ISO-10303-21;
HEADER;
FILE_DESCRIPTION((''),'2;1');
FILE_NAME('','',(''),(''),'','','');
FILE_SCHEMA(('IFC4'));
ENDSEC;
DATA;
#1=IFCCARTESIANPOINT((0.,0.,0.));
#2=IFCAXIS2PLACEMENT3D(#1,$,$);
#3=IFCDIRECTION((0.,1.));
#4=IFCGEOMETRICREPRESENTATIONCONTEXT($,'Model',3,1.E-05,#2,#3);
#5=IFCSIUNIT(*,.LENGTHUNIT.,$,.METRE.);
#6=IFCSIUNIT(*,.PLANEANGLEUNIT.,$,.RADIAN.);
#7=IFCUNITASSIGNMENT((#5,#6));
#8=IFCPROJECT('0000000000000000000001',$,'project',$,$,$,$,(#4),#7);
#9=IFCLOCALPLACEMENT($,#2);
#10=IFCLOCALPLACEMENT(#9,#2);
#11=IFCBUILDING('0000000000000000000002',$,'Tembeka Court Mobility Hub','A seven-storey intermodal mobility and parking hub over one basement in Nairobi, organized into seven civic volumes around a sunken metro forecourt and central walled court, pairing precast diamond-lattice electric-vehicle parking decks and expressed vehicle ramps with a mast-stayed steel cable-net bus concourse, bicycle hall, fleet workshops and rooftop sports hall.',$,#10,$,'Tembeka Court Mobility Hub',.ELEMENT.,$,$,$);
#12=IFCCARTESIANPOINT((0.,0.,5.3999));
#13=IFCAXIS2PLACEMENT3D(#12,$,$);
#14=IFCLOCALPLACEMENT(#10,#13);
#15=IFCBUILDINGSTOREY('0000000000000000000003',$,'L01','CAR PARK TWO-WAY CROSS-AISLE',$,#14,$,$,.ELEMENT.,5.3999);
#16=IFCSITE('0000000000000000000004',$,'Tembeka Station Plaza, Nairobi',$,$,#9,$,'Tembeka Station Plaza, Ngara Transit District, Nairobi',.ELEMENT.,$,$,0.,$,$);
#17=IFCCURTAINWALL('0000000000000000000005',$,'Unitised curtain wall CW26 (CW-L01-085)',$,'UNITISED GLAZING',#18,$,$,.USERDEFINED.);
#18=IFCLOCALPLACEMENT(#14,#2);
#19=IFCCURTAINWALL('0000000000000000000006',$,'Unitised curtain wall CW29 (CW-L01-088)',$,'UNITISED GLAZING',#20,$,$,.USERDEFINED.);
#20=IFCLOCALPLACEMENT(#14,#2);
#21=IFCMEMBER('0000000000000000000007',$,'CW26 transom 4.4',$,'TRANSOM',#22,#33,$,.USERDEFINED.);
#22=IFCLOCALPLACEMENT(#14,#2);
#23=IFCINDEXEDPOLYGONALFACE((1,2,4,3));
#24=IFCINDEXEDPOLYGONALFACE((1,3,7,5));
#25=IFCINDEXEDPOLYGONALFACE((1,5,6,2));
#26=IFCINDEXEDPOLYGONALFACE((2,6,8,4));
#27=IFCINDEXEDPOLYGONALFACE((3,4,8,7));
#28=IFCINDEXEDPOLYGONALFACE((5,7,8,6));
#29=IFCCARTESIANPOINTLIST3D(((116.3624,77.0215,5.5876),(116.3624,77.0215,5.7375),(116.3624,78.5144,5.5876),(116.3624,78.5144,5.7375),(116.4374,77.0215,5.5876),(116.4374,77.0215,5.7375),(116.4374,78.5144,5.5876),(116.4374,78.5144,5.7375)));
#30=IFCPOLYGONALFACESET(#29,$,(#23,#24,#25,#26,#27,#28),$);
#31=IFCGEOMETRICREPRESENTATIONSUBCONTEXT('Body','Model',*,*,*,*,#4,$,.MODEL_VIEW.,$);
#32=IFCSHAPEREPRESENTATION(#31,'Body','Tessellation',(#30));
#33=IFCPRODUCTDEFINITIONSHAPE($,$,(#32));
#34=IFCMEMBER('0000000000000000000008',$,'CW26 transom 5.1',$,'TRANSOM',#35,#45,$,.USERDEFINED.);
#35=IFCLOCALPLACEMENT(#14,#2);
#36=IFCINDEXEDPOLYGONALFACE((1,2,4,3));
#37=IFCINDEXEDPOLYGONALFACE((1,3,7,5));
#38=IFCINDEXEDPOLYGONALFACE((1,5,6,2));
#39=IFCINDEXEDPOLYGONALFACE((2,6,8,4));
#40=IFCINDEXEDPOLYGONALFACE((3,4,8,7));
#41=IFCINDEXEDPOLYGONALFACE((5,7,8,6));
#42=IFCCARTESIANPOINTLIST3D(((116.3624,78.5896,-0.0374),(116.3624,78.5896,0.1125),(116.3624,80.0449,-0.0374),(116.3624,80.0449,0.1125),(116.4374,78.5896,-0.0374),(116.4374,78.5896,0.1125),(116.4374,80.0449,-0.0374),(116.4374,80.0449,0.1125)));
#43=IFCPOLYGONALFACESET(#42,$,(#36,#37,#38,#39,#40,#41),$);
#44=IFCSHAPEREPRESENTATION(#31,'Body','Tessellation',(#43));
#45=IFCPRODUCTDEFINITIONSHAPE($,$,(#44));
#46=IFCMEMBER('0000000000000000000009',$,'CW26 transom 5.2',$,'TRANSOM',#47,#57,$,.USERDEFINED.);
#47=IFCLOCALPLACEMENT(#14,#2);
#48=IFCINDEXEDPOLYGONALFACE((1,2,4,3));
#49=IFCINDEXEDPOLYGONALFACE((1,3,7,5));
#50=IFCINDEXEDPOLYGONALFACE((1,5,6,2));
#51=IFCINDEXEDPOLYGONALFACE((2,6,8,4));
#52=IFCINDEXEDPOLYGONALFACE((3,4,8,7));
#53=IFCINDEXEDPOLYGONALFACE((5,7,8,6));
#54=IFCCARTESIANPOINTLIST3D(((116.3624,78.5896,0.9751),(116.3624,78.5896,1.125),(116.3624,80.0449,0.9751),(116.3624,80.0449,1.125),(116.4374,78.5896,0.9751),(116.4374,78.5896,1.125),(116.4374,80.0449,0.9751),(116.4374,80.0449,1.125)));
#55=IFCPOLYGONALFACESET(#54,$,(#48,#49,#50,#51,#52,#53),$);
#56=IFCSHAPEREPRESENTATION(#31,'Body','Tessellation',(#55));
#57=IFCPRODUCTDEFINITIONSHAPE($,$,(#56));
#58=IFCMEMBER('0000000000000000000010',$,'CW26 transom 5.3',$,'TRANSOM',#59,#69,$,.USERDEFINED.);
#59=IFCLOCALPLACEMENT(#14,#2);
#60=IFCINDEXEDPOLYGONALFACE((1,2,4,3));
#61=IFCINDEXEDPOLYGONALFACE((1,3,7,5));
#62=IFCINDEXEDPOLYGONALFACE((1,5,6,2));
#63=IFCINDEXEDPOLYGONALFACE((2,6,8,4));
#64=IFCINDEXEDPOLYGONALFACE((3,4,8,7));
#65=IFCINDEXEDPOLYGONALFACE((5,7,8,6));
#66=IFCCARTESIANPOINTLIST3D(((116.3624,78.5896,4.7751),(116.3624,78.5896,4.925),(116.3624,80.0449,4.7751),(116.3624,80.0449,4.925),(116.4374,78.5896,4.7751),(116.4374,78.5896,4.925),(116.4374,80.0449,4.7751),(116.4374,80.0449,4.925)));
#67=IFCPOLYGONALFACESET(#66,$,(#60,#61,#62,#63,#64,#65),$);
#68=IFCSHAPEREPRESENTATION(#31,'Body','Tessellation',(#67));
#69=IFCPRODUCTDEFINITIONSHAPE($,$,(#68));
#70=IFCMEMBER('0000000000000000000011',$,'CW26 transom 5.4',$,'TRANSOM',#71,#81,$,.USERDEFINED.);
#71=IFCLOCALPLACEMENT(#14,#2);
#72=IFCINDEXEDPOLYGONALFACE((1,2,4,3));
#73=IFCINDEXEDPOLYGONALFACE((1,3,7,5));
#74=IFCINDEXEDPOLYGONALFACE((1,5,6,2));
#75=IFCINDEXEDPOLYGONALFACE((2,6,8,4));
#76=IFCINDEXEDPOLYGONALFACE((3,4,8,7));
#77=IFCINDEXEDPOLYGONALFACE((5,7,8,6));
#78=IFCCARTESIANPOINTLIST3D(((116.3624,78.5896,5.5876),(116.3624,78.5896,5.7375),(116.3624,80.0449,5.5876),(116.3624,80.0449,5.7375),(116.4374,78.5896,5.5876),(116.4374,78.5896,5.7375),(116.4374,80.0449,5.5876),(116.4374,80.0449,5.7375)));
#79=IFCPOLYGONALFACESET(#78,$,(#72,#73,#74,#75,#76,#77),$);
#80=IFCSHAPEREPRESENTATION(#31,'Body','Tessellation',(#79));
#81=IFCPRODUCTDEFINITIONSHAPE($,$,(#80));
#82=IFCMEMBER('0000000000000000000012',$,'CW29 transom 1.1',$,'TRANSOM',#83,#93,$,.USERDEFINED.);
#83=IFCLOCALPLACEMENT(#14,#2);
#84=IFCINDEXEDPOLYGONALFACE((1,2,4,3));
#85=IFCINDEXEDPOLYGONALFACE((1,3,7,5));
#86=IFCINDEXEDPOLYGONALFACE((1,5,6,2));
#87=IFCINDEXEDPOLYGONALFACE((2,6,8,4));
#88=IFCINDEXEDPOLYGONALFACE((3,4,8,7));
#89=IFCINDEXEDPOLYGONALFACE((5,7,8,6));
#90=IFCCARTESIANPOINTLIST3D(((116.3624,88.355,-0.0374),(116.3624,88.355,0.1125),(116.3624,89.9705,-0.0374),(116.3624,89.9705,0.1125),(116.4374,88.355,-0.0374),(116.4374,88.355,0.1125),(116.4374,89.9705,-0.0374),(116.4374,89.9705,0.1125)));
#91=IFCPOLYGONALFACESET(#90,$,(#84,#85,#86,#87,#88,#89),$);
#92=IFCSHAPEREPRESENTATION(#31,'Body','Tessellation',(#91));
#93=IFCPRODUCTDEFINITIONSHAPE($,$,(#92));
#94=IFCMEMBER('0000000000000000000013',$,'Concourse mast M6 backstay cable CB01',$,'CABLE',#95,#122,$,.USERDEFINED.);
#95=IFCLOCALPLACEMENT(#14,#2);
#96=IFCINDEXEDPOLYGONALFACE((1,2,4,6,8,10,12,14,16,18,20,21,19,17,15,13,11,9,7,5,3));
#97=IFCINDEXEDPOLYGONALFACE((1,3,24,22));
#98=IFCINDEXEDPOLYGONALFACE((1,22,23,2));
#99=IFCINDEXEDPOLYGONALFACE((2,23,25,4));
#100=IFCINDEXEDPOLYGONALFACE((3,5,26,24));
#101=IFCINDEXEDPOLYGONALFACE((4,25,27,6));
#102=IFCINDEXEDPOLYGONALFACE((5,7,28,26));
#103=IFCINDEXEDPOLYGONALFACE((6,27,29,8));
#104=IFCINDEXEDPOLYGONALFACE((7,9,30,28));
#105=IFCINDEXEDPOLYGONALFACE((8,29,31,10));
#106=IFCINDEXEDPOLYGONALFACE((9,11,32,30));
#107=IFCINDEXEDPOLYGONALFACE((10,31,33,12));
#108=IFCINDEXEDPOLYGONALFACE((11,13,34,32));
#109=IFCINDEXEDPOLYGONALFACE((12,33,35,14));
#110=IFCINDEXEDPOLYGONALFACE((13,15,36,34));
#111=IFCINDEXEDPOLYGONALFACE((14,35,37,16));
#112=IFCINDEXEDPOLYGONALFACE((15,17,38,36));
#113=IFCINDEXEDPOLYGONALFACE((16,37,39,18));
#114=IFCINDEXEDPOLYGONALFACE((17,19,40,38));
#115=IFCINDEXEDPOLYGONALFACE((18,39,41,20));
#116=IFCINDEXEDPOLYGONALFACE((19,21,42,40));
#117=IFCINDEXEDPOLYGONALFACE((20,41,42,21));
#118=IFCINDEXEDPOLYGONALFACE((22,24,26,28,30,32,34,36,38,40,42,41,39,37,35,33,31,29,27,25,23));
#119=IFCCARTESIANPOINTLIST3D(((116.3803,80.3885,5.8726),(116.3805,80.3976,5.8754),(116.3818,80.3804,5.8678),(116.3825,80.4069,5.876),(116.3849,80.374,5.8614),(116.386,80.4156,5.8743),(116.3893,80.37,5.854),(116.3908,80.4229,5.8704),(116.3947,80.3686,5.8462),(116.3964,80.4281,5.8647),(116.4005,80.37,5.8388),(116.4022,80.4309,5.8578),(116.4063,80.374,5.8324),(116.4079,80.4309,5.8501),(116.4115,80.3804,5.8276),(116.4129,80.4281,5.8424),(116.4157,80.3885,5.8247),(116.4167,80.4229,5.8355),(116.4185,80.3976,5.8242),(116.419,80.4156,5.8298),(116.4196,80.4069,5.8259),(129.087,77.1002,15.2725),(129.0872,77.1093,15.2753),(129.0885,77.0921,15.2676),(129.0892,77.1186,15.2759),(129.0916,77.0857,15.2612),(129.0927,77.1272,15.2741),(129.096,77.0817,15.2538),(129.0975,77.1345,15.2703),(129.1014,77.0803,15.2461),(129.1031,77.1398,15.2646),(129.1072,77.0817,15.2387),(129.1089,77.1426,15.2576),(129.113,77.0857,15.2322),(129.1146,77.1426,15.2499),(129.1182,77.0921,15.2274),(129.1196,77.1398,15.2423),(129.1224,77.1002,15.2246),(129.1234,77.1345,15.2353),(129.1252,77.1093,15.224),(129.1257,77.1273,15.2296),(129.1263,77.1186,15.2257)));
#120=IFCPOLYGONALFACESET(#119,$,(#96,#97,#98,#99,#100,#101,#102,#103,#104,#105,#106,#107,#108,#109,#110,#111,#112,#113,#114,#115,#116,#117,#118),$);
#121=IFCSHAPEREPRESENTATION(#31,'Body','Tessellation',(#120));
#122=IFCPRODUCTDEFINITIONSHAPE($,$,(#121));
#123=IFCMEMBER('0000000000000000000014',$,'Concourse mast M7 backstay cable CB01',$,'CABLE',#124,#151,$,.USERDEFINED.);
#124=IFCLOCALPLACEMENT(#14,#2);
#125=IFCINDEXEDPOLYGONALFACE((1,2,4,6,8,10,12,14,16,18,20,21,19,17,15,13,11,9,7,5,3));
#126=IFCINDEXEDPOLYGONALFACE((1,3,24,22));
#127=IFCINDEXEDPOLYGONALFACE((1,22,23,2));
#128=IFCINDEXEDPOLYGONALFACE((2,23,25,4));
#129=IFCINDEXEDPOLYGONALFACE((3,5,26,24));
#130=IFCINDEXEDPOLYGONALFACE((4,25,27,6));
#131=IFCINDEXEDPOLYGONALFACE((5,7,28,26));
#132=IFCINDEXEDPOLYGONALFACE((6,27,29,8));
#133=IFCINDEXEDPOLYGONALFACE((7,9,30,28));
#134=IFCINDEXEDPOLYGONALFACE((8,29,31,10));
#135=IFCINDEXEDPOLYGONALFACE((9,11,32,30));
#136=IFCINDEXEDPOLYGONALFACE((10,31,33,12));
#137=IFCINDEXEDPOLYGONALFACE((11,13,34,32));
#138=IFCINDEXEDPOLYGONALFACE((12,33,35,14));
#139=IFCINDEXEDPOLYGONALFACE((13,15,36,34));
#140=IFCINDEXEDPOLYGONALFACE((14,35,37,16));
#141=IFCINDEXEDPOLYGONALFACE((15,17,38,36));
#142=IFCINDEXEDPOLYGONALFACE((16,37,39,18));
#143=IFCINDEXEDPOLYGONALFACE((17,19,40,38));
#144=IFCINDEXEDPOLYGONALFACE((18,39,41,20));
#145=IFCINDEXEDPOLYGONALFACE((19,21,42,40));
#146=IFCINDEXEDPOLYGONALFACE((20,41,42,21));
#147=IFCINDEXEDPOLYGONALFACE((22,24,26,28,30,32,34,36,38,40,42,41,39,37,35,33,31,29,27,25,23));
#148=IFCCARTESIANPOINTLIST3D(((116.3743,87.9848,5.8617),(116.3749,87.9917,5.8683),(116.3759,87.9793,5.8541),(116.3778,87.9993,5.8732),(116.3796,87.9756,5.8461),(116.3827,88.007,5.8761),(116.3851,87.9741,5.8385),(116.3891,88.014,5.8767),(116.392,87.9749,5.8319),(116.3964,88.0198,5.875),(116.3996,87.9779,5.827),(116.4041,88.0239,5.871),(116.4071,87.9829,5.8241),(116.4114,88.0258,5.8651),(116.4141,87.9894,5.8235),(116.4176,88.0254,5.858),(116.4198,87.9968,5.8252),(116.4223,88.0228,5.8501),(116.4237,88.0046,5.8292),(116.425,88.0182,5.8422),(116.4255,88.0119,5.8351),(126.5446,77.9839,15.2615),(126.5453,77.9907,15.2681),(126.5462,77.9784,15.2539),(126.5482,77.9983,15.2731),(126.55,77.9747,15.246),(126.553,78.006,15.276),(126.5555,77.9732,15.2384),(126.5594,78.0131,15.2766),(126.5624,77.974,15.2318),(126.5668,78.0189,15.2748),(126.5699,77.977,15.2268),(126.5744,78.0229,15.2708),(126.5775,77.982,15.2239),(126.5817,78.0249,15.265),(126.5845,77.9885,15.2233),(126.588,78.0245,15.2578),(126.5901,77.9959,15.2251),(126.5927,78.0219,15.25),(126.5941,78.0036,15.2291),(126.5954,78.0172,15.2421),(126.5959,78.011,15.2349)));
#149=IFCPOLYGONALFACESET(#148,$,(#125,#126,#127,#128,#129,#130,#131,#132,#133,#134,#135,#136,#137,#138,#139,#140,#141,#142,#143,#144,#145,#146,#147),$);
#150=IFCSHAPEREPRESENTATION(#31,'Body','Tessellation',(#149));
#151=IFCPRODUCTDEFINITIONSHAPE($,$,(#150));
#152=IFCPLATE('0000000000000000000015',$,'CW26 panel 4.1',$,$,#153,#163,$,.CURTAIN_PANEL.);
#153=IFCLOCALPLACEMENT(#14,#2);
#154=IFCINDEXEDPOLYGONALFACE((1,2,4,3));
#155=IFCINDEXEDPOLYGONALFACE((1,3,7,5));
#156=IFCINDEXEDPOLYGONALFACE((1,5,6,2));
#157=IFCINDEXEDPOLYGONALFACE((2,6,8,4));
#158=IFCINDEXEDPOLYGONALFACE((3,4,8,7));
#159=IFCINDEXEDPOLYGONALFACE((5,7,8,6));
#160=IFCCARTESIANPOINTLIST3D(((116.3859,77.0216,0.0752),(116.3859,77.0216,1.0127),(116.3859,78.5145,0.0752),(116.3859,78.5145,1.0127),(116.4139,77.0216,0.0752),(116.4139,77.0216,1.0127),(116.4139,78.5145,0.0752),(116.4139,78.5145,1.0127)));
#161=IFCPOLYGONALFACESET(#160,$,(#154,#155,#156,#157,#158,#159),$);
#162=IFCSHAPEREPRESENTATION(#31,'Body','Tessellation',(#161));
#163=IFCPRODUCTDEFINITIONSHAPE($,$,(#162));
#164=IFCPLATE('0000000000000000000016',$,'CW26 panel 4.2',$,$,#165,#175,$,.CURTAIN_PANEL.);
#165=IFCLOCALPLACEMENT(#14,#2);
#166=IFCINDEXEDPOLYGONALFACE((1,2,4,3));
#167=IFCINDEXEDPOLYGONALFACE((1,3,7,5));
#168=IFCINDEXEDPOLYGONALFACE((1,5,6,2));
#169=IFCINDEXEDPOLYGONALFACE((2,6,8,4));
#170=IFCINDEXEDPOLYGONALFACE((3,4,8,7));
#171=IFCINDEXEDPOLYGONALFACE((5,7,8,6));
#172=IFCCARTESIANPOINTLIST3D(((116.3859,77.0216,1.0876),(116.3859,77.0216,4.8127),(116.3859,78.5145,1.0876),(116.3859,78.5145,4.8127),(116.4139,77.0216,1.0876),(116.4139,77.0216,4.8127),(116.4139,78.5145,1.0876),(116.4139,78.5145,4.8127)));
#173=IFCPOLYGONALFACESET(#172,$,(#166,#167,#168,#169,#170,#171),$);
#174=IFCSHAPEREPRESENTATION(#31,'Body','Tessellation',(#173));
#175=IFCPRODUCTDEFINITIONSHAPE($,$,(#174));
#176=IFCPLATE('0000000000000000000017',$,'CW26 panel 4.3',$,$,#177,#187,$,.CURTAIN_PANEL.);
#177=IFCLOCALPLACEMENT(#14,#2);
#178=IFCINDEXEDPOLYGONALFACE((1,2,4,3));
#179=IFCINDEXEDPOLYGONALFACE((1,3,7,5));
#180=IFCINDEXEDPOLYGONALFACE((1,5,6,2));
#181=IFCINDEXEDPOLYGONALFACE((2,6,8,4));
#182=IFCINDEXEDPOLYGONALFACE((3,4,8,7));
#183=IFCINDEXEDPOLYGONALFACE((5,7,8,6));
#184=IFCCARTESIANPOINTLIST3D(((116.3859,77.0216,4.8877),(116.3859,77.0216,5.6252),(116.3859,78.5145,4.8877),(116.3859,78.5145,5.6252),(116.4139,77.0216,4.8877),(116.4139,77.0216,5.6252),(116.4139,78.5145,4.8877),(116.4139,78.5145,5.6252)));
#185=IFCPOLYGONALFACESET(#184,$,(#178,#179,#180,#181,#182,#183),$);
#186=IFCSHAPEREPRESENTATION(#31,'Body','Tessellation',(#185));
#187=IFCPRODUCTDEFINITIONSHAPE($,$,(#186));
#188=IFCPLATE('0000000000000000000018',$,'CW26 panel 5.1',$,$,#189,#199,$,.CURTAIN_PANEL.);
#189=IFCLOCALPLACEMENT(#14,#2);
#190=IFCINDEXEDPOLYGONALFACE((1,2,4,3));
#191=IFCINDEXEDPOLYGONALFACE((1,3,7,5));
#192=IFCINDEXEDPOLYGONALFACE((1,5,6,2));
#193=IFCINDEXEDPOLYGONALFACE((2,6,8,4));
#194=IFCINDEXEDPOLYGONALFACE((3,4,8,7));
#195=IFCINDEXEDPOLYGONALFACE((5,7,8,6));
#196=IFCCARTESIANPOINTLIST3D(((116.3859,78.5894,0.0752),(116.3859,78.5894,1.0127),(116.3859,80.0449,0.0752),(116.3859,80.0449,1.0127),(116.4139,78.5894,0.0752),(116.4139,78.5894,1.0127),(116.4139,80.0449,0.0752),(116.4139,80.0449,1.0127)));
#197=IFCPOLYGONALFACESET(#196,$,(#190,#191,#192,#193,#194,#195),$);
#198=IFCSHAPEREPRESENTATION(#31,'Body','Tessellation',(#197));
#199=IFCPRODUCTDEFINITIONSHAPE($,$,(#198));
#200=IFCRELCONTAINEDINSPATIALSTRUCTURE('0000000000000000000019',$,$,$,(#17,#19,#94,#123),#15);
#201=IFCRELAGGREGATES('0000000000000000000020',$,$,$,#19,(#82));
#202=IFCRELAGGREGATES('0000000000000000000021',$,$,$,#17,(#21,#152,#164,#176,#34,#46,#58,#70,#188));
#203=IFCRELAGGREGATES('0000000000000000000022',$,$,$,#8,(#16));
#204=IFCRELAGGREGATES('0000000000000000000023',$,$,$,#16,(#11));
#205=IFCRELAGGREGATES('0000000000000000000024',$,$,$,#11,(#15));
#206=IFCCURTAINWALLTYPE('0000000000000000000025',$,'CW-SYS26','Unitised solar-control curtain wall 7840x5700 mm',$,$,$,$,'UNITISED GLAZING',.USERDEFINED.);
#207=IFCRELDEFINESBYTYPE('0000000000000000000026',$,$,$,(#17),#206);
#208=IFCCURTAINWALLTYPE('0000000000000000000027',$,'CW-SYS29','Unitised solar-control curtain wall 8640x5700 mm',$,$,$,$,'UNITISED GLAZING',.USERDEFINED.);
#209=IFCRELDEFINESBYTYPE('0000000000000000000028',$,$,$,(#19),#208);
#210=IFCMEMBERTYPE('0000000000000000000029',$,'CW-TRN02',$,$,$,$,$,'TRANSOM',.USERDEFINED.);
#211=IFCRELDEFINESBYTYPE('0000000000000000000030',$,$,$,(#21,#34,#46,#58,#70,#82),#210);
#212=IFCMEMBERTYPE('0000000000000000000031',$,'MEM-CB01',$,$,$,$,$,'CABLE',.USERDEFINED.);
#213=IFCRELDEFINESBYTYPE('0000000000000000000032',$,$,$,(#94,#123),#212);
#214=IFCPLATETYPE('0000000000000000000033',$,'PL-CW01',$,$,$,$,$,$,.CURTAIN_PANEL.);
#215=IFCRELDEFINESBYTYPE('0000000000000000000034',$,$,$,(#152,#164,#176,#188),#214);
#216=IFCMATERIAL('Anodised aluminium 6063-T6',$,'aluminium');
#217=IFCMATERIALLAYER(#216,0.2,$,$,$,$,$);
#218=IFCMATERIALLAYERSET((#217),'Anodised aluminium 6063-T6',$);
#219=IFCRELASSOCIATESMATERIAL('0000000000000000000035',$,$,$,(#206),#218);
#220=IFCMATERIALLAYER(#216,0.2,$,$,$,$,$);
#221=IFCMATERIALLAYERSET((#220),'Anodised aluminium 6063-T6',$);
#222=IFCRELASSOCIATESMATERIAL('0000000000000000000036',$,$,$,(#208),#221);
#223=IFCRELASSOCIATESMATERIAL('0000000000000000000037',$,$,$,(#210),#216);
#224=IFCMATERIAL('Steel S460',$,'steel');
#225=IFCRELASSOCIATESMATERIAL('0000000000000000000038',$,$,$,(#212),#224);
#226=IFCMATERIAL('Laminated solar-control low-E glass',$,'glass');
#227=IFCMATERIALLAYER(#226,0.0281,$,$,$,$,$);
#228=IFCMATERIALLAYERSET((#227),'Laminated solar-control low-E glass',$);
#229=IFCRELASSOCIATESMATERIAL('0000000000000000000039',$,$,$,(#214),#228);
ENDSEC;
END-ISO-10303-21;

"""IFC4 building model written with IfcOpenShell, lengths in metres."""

from ifc_helpers import new_model, si_unit, direction, frame, origin, origin_2d, place, context, subcontext, project, spatial, rectangle, circle, extrude, material, layer, layer_set, material_profile, profile_set, type_object, element, aggregate, save


model = new_model("IFC4")

# Units and contexts
model_context = context("Model", 3, precision=1e-05, world=origin(), true_north=direction((0.0, 1.0)))
body_context = subcontext(model_context, "Body", "Model", "MODEL_VIEW")
ifc_project = project(units=[si_unit("LENGTHUNIT", "METRE"), si_unit("PLANEANGLEUNIT", "RADIAN")], contexts=[model_context])

# Site, building, storey
site_placement = place(None, origin())
site = spatial("IfcSite", under=ifc_project, at=site_placement, Name="Tembeka Station Plaza, Nairobi", LongName="Tembeka Station Plaza, Ngara Transit District, Nairobi", CompositionType="ELEMENT", RefElevation=0.0)
building_placement = place(site_placement, origin())
building = spatial("IfcBuilding", under=site, at=building_placement, Name="Tembeka Court Mobility Hub", Description="A seven-storey intermodal mobility and parking hub over one basement in Nairobi, organized into seven civic volumes around a sunken metro forecourt and central walled court, pairing precast diamond-lattice electric-vehicle parking decks and expressed vehicle ramps with a mast-stayed steel cable-net bus concourse, bicycle hall, fleet workshops and rooftop sports hall.", LongName="Tembeka Court Mobility Hub", CompositionType="ELEMENT")
storey_placement = place(building_placement, frame((0.0, 0.0, 5.3999)))
storey = spatial("IfcBuildingStorey", under=building, at=storey_placement, Name="L01", Description="CAR PARK TWO-WAY CROSS-AISLE", CompositionType="ELEMENT", Elevation=5.3999)

# Curtain wall
ifc_material_1 = material(Name="Anodised aluminium 6063-T6", Category="aluminium")
ifc_layer_1 = layer(ifc_material_1, 0.2)
ifc_layer_set_1 = layer_set([ifc_layer_1], Name="Anodised aluminium 6063-T6")
curtain_wall_type_1 = type_object("IfcCurtainWallType", Name="CW-SYS26", Description="Unitised solar-control curtain wall 7840x5700 mm", ElementType="UNITISED GLAZING", PredefinedType="USERDEFINED", material=ifc_layer_set_1)
curtain_wall_1_placement = place(storey_placement, origin())
curtain_wall_1 = element("IfcCurtainWall", 1, at=curtain_wall_1_placement, inside=storey, type_object=curtain_wall_type_1, Name="Unitised curtain wall CW26 (CW-L01-085)", ObjectType="UNITISED GLAZING", PredefinedType="USERDEFINED")

# Curtain wall
ifc_layer_2 = layer(ifc_material_1, 0.2)
ifc_layer_set_2 = layer_set([ifc_layer_2], Name="Anodised aluminium 6063-T6")
curtain_wall_type_2 = type_object("IfcCurtainWallType", Name="CW-SYS29", Description="Unitised solar-control curtain wall 8640x5700 mm", ElementType="UNITISED GLAZING", PredefinedType="USERDEFINED", material=ifc_layer_set_2)
curtain_wall_2_placement = place(storey_placement, origin())
curtain_wall_2 = element("IfcCurtainWall", 2, at=curtain_wall_2_placement, inside=storey, type_object=curtain_wall_type_2, Name="Unitised curtain wall CW29 (CW-L01-088)", ObjectType="UNITISED GLAZING", PredefinedType="USERDEFINED")

# Members
ifc_material_profile_1 = material_profile(ifc_material_1, rectangle(XDim=0.075, YDim=0.1499, at=origin_2d()), Name="ALU-TRN 75x150")
ifc_profile_set_1 = profile_set([ifc_material_profile_1], Name="Anodised aluminium 6063-T6")
member_type_1 = type_object("IfcMemberType", Name="CW-TRN02", ElementType="TRANSOM", PredefinedType="USERDEFINED", material=ifc_profile_set_1)
member_1_placement = place(storey_placement, frame((116.3999, 77.0215, 5.6626), z_axis=(0.0, 1.0, 0.0), x_axis=(-1.0, 0.0, 0.0)))
member_1 = element("IfcMember", 3, at=member_1_placement, type_object=member_type_1, Name="CW26 transom 4.4", ObjectType="TRANSOM", PredefinedType="USERDEFINED", context=body_context, shape_type="SweptSolid", body=[
    extrude(rectangle(XDim=0.075, YDim=0.1499, at=origin_2d()), origin(), (0.0, 0.0, 1.0), 1.4929),
])
member_2_placement = place(storey_placement, frame((116.3999, 78.5896, 0.0376), z_axis=(0.0, 1.0, 0.0), x_axis=(-1.0, 0.0, 0.0)))
member_2 = element("IfcMember", 4, at=member_2_placement, type_object=member_type_1, Name="CW26 transom 5.1", ObjectType="TRANSOM", PredefinedType="USERDEFINED", context=body_context, shape_type="SweptSolid", body=[
    extrude(rectangle(XDim=0.075, YDim=0.1499, at=origin_2d()), origin(), (0.0, 0.0, 1.0), 1.4553),
])
member_3_placement = place(storey_placement, frame((116.3999, 78.5896, 1.05), z_axis=(0.0, 1.0, 0.0), x_axis=(-1.0, 0.0, 0.0)))
member_3 = element("IfcMember", 5, at=member_3_placement, type_object=member_type_1, Name="CW26 transom 5.2", ObjectType="TRANSOM", PredefinedType="USERDEFINED", context=body_context, shape_type="SweptSolid", body=[
    extrude(rectangle(XDim=0.075, YDim=0.1499, at=origin_2d()), origin(), (0.0, 0.0, 1.0), 1.4553),
])
member_4_placement = place(storey_placement, frame((116.3999, 78.5896, 4.8501), z_axis=(0.0, 1.0, 0.0), x_axis=(-1.0, 0.0, 0.0)))
member_4 = element("IfcMember", 6, at=member_4_placement, type_object=member_type_1, Name="CW26 transom 5.3", ObjectType="TRANSOM", PredefinedType="USERDEFINED", context=body_context, shape_type="SweptSolid", body=[
    extrude(rectangle(XDim=0.075, YDim=0.1499, at=origin_2d()), origin(), (0.0, 0.0, 1.0), 1.4553),
])
member_5_placement = place(storey_placement, frame((116.3999, 78.5896, 5.6626), z_axis=(0.0, 1.0, 0.0), x_axis=(-1.0, 0.0, 0.0)))
member_5 = element("IfcMember", 7, at=member_5_placement, type_object=member_type_1, Name="CW26 transom 5.4", ObjectType="TRANSOM", PredefinedType="USERDEFINED", context=body_context, shape_type="SweptSolid", body=[
    extrude(rectangle(XDim=0.075, YDim=0.1499, at=origin_2d()), origin(), (0.0, 0.0, 1.0), 1.4553),
])
member_6_placement = place(storey_placement, frame((116.3999, 88.355, 0.0376), z_axis=(0.0, 1.0, 0.0), x_axis=(-1.0, 0.0, 0.0)))
member_6 = element("IfcMember", 8, at=member_6_placement, type_object=member_type_1, Name="CW29 transom 1.1", ObjectType="TRANSOM", PredefinedType="USERDEFINED", context=body_context, shape_type="SweptSolid", body=[
    extrude(rectangle(XDim=0.075, YDim=0.1499, at=origin_2d()), origin(), (0.0, 0.0, 1.0), 1.6155),
])
aggregate(curtain_wall_2, [member_6])

# Members
ifc_material_2 = material(Name="Steel S460", Category="steel")
ifc_material_profile_2 = material_profile(ifc_material_2, circle(Radius=0.032, at=origin_2d()), Name="CABLE D64")
ifc_profile_set_2 = profile_set([ifc_material_profile_2], Name="Steel S460")
member_type_2 = type_object("IfcMemberType", Name="MEM-CB01", ElementType="CABLE", PredefinedType="USERDEFINED", material=ifc_profile_set_2)
member_7_placement = place(storey_placement, frame((116.3999, 80.3999, 5.8501), z_axis=(0.787083, -0.203685, 0.582248), x_axis=(0.250532, 0.968108, 0.0)))
element("IfcMember", 9, at=member_7_placement, inside=storey, type_object=member_type_2, Name="Concourse mast M6 backstay cable CB01", ObjectType="CABLE", PredefinedType="USERDEFINED", context=body_context, shape_type="SweptSolid", body=[
    extrude(circle(Radius=0.032, at=origin_2d()), origin(), (0.0, 0.0, 1.0), 16.144),
])
member_8_placement = place(storey_placement, frame((116.3999, 88.0, 5.8501), z_axis=(0.595367, -0.585448, 0.550262), x_axis=(0.701143, 0.713021, 0.0)))
element("IfcMember", 10, at=member_8_placement, inside=storey, type_object=member_type_2, Name="Concourse mast M7 backstay cable CB01", ObjectType="CABLE", PredefinedType="USERDEFINED", context=body_context, shape_type="SweptSolid", body=[
    extrude(circle(Radius=0.032, at=origin_2d()), origin(), (0.0, 0.0, 1.0), 17.0825),
])

# Plates
ifc_material_3 = material(Name="Laminated solar-control low-E glass", Category="glass")
ifc_layer_3 = layer(ifc_material_3, 0.0281)
ifc_layer_set_3 = layer_set([ifc_layer_3], Name="Laminated solar-control low-E glass")
plate_type = type_object("IfcPlateType", Name="PL-CW01", PredefinedType="CURTAIN_PANEL", material=ifc_layer_set_3)
plate_1_placement = place(storey_placement, frame((116.3999, 77.7681, 0.0752), z_axis=(0.0, 0.0, 1.0), x_axis=(0.0, 1.0, 0.0)))
plate_1 = element("IfcPlate", 11, at=plate_1_placement, type_object=plate_type, Name="CW26 panel 4.1", PredefinedType="CURTAIN_PANEL", context=body_context, shape_type="SweptSolid", body=[
    extrude(rectangle(XDim=1.4929, YDim=0.0281, at=origin_2d()), origin(), (0.0, 0.0, 1.0), 0.9375),
])
plate_2_placement = place(storey_placement, frame((116.3999, 77.7681, 1.0876), z_axis=(0.0, 0.0, 1.0), x_axis=(0.0, 1.0, 0.0)))
plate_2 = element("IfcPlate", 12, at=plate_2_placement, type_object=plate_type, Name="CW26 panel 4.2", PredefinedType="CURTAIN_PANEL", context=body_context, shape_type="SweptSolid", body=[
    extrude(rectangle(XDim=1.4929, YDim=0.0281, at=origin_2d()), origin(), (0.0, 0.0, 1.0), 3.7251),
])
plate_3_placement = place(storey_placement, frame((116.3999, 77.7681, 4.8877), z_axis=(0.0, 0.0, 1.0), x_axis=(0.0, 1.0, 0.0)))
plate_3 = element("IfcPlate", 13, at=plate_3_placement, type_object=plate_type, Name="CW26 panel 4.3", PredefinedType="CURTAIN_PANEL", context=body_context, shape_type="SweptSolid", body=[
    extrude(rectangle(XDim=1.4929, YDim=0.0281, at=origin_2d()), origin(), (0.0, 0.0, 1.0), 0.7375),
])
plate_4_placement = place(storey_placement, frame((116.3999, 79.3171, 0.0752), z_axis=(0.0, 0.0, 1.0), x_axis=(0.0, 1.0, 0.0)))
plate_4 = element("IfcPlate", 14, at=plate_4_placement, type_object=plate_type, Name="CW26 panel 5.1", PredefinedType="CURTAIN_PANEL", context=body_context, shape_type="SweptSolid", body=[
    extrude(rectangle(XDim=1.4556, YDim=0.0281, at=origin_2d()), origin(), (0.0, 0.0, 1.0), 0.9375),
])
aggregate(curtain_wall_1, [member_1, plate_1, plate_2, plate_3, member_2, member_3, member_4, member_5, plate_4])

save(model, "model.ifc")
